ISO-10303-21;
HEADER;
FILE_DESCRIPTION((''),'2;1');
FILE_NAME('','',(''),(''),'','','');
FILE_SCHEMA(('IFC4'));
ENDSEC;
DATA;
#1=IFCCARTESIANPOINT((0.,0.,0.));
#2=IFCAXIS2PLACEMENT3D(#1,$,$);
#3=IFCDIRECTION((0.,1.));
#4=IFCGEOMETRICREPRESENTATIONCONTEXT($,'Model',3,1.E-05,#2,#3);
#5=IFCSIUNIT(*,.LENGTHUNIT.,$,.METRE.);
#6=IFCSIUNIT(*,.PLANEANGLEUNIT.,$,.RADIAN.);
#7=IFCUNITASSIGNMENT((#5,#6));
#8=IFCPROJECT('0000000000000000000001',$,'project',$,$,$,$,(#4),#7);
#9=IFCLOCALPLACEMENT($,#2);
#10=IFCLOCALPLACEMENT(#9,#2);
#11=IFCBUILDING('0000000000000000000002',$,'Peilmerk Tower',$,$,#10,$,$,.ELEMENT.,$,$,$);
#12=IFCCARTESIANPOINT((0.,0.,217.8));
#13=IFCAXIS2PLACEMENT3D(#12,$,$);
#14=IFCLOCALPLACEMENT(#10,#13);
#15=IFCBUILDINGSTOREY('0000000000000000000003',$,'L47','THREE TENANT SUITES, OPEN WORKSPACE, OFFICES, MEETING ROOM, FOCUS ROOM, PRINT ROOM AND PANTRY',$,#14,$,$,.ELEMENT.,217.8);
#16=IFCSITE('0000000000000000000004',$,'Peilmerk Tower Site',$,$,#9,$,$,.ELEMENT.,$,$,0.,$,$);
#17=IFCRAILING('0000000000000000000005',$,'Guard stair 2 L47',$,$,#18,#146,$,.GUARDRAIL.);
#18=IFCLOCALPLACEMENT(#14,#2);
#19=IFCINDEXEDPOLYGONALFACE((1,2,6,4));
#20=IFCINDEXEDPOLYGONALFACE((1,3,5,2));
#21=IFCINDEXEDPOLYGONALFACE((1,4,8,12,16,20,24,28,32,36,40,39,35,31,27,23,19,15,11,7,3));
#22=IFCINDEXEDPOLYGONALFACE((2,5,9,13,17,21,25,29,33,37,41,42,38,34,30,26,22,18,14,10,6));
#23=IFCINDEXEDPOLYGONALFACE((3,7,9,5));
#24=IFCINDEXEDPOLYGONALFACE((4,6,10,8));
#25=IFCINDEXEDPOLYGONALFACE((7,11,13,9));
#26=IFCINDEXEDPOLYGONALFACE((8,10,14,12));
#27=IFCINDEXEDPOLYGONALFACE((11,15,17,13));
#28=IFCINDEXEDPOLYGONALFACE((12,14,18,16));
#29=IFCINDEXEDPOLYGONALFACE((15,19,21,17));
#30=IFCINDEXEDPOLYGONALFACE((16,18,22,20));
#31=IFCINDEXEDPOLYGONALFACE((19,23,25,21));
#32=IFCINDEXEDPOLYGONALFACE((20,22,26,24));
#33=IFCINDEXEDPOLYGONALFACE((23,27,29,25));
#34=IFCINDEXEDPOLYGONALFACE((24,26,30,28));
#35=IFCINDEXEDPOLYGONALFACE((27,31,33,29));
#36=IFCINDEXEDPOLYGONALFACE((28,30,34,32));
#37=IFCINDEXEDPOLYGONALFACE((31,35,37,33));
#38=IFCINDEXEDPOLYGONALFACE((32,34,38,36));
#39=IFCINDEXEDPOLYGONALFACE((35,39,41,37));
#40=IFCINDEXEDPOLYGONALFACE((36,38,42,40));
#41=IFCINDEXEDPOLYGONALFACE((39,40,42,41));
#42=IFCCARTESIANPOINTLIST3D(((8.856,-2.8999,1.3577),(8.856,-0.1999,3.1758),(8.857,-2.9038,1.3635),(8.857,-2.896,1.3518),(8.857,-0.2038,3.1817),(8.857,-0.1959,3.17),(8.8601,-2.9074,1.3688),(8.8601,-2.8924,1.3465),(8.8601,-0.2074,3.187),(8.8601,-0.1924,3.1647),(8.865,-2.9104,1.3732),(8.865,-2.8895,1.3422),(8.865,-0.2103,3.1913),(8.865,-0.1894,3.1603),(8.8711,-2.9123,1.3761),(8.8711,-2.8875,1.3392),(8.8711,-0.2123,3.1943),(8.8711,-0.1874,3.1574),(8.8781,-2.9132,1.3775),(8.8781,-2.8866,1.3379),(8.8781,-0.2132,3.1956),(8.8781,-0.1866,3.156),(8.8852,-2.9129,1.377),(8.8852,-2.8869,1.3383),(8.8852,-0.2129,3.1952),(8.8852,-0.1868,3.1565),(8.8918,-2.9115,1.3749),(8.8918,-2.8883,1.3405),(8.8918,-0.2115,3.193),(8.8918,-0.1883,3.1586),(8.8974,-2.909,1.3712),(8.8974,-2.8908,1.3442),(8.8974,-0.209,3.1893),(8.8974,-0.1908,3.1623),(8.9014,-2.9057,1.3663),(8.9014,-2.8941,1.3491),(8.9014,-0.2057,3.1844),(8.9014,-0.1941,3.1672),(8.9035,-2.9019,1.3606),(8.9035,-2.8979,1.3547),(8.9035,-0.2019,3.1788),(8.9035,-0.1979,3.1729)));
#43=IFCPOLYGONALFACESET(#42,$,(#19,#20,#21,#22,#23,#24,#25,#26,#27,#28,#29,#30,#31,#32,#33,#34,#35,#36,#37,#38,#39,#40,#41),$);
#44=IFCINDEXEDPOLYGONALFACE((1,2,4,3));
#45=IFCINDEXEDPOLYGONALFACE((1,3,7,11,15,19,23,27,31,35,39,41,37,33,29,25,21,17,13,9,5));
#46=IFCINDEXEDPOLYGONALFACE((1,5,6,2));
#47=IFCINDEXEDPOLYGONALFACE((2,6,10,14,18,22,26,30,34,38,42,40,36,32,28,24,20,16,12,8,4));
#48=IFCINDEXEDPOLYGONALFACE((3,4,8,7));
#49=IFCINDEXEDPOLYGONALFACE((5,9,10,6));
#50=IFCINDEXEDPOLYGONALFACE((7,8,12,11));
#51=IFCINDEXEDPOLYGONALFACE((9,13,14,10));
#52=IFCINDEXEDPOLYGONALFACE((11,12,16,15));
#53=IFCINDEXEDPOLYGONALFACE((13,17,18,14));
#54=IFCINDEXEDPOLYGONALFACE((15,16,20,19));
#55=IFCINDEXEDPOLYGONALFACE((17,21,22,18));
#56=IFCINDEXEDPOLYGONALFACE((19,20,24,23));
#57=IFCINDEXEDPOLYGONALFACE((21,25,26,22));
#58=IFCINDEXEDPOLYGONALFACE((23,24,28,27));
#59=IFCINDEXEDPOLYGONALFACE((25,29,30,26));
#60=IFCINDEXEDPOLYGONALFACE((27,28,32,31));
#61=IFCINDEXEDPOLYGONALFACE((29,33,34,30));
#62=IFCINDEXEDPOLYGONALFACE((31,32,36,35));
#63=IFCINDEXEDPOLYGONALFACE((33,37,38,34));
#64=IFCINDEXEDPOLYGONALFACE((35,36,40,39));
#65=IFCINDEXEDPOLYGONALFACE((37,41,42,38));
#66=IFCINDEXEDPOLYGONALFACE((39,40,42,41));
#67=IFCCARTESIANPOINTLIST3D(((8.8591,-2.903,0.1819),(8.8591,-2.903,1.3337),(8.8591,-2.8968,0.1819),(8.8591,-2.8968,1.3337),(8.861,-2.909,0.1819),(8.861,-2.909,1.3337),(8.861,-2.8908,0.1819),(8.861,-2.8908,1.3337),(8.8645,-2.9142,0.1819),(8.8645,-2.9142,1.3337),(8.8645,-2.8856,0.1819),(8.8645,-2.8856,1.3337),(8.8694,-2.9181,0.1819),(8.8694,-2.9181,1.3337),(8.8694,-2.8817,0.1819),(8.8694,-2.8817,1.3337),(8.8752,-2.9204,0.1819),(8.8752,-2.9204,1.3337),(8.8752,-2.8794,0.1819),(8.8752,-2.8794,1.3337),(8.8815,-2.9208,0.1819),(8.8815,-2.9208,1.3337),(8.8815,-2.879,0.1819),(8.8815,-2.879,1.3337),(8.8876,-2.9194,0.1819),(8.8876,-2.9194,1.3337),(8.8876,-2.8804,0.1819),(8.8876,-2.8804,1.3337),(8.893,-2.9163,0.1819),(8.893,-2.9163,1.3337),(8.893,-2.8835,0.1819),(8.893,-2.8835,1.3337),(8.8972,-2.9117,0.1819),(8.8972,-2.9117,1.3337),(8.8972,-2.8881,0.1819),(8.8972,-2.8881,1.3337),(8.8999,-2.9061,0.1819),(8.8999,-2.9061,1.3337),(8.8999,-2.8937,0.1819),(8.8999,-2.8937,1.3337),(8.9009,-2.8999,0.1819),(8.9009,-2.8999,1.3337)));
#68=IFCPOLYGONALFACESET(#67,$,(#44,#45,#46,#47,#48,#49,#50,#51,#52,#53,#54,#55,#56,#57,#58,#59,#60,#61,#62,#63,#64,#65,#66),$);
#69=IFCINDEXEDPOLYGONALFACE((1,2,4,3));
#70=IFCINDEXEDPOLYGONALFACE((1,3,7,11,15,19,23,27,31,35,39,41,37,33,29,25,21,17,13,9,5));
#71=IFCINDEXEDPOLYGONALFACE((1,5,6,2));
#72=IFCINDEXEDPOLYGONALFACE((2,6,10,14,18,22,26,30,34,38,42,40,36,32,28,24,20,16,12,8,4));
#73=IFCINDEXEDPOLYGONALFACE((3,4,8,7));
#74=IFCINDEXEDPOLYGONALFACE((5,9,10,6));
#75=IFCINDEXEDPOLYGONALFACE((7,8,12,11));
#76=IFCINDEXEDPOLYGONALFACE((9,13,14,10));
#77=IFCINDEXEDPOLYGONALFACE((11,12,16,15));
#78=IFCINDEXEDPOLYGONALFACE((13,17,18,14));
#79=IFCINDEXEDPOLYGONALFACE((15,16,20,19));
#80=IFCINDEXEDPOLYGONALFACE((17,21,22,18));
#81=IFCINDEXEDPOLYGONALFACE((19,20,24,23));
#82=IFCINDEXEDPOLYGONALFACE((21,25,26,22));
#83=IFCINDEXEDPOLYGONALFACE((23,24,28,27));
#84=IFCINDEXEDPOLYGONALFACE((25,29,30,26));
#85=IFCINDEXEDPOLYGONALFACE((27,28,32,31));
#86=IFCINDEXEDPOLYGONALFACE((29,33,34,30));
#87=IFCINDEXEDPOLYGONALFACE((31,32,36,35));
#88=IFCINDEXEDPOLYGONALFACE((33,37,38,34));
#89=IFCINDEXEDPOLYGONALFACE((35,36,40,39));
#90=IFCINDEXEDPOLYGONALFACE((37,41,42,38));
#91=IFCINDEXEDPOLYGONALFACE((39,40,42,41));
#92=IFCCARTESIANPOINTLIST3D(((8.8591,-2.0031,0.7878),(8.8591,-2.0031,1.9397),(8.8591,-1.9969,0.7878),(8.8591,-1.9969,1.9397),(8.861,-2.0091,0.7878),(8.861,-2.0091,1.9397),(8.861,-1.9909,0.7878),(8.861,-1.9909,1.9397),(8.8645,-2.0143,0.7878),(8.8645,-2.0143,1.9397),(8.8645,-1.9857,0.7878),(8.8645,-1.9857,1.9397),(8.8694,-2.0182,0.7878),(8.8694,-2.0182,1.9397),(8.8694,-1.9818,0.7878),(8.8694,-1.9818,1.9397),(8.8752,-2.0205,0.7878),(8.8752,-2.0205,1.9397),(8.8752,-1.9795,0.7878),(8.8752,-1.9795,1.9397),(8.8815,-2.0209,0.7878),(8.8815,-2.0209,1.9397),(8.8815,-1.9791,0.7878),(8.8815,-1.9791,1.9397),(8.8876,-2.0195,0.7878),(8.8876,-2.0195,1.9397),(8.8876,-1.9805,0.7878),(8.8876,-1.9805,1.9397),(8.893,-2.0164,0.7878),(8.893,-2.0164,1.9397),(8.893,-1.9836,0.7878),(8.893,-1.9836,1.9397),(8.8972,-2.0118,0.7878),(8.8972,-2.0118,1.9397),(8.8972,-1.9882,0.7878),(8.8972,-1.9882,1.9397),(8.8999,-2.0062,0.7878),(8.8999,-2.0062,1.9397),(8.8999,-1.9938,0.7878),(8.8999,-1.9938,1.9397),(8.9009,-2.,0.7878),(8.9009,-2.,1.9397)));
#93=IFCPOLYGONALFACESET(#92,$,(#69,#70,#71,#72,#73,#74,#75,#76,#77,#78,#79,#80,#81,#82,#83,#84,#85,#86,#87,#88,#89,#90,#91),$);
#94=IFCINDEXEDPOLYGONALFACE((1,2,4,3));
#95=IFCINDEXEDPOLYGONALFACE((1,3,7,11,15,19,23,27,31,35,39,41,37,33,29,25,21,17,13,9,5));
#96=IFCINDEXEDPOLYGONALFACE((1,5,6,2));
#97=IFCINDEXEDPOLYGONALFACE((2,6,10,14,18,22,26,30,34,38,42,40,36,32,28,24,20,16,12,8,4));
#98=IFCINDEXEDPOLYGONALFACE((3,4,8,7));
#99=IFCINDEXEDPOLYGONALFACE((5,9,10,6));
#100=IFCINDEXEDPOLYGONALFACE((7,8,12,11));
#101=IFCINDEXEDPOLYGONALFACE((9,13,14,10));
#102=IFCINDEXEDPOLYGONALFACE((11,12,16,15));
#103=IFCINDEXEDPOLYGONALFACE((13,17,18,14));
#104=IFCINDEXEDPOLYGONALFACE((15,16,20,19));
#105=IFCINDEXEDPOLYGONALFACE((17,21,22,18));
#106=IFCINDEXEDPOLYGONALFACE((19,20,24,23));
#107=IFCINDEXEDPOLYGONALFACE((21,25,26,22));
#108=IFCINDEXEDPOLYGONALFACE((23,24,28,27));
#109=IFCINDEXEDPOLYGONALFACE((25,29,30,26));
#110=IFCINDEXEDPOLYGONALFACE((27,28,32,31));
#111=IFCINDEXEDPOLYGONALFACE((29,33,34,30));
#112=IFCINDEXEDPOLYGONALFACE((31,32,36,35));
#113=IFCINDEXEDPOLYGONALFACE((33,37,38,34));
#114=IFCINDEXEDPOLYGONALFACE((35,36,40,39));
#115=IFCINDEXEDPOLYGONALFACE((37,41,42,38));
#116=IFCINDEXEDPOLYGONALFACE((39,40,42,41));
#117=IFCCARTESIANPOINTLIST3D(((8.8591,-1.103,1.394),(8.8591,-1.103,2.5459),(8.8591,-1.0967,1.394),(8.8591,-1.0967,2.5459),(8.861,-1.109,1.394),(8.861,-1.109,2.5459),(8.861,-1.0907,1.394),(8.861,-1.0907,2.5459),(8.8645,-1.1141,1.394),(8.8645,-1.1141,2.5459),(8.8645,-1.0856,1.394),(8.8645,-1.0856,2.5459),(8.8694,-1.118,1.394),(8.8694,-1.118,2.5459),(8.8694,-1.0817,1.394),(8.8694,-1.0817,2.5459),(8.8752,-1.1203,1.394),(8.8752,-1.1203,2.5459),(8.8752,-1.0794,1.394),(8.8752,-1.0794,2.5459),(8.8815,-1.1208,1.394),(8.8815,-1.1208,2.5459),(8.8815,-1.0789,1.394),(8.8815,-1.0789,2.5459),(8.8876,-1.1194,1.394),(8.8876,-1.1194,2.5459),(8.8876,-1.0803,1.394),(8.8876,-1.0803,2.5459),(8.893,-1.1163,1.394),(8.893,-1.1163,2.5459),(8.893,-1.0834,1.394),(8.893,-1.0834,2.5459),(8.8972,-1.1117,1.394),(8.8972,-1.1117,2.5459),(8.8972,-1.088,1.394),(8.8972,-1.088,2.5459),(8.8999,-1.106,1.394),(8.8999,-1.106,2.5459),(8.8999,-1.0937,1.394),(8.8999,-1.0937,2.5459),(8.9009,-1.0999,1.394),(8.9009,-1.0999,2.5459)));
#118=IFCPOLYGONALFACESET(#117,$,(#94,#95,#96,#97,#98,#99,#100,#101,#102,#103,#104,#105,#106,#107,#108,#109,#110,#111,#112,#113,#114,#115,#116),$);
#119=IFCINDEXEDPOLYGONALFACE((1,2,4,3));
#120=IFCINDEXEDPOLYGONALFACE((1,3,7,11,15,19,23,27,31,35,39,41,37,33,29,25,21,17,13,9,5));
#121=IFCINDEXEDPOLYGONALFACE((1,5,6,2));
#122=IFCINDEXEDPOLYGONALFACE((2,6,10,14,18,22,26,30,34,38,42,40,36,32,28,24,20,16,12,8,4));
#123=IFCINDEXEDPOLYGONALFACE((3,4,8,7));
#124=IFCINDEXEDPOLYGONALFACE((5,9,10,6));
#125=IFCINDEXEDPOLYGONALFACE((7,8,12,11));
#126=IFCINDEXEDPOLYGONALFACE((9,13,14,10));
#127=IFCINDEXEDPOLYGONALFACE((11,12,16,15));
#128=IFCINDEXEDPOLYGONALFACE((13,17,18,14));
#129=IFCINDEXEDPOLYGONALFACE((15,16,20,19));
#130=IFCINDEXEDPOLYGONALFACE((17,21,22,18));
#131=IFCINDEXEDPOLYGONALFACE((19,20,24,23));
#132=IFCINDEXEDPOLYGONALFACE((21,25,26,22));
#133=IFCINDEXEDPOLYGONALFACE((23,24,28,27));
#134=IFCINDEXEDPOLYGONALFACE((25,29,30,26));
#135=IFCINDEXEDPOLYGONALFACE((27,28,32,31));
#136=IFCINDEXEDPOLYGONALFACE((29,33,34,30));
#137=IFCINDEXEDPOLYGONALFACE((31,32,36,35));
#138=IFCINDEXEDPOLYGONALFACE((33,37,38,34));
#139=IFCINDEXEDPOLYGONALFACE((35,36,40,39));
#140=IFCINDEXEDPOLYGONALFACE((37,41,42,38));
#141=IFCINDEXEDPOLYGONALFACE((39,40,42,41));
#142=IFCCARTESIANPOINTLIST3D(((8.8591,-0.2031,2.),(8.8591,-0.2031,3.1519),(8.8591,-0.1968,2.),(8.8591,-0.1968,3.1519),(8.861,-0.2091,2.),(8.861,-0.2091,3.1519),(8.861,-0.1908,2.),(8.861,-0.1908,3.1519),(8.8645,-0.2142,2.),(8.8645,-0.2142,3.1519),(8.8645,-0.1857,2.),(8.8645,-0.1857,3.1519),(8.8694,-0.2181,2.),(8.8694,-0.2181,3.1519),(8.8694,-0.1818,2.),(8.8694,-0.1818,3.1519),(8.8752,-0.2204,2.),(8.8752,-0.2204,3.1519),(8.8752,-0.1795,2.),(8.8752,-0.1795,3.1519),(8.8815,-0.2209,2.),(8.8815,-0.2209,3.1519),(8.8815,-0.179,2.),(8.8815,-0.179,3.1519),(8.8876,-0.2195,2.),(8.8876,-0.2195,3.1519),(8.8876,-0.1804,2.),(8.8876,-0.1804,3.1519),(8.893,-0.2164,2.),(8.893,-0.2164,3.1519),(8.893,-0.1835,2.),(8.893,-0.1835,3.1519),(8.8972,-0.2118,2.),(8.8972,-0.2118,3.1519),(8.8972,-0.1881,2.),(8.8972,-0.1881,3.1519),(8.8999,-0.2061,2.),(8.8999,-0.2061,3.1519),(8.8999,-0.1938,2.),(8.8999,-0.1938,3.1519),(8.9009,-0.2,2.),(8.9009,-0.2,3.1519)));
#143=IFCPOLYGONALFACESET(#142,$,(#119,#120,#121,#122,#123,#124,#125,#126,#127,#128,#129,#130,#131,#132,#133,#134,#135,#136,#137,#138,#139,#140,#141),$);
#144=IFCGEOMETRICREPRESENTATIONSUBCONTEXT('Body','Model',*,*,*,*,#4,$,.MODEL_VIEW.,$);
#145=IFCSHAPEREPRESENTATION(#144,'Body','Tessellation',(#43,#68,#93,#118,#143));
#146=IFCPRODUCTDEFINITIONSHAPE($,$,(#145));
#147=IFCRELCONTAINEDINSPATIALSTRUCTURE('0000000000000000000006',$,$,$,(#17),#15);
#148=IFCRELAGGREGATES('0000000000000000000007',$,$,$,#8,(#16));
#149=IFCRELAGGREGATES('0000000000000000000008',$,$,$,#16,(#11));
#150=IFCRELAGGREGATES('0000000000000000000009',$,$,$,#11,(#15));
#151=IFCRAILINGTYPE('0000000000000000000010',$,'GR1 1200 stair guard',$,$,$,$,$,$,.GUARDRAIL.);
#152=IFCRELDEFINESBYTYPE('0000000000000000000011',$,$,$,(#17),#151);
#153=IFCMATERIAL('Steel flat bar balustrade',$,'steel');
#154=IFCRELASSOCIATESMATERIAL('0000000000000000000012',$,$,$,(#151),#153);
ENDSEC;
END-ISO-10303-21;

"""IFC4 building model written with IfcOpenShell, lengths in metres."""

from ifc_helpers import new_model, si_unit, direction, frame, origin, origin_2d, place, context, subcontext, project, spatial, circle, extrude, material, type_object, element, save


model = new_model("IFC4")

# Units and contexts
model_context = context("Model", 3, precision=1e-05, world=origin(), true_north=direction((0.0, 1.0)))
body_context = subcontext(model_context, "Body", "Model", "MODEL_VIEW")
ifc_project = project(units=[si_unit("LENGTHUNIT", "METRE"), si_unit("PLANEANGLEUNIT", "RADIAN")], contexts=[model_context])

# Site, building, storey
site_placement = place(None, origin())
site = spatial("IfcSite", under=ifc_project, at=site_placement, Name="Peilmerk Tower Site", CompositionType="ELEMENT", RefElevation=0.0)
building_placement = place(site_placement, origin())
building = spatial("IfcBuilding", under=site, at=building_placement, Name="Peilmerk Tower", CompositionType="ELEMENT")
storey_placement = place(building_placement, frame((0.0, 0.0, 217.8)))
storey = spatial("IfcBuildingStorey", under=building, at=storey_placement, Name="L47", Description="THREE TENANT SUITES, OPEN WORKSPACE, OFFICES, MEETING ROOM, FOCUS ROOM, PRINT ROOM AND PANTRY", CompositionType="ELEMENT", Elevation=217.8)

# Railing
ifc_material_1 = material(Name="Steel flat bar balustrade", Category="steel")
railing_type_1 = type_object("IfcRailingType", Name="GR1 1200 stair guard", PredefinedType="GUARDRAIL", material=ifc_material_1)
railing_1_placement = place(storey_placement, frame((8.8799, -2.8999, 0.1819)))
element("IfcRailing", 1, at=railing_1_placement, inside=storey, type_object=railing_type_1, Name="Guard stair 2 L47", PredefinedType="GUARDRAIL", context=body_context, shape_type="SweptSolid", body=[
    extrude(circle(Radius=0.0239, at=origin_2d()), frame((0.0, 0.0, 1.1758), z_axis=(0.0, 0.829468, 0.558554), x_axis=(-1.0, 0.0, 0.0)), (0.0, 0.0, 1.0), 3.2551),
    extrude(circle(Radius=0.021, at=origin_2d()), origin(), (0.0, 0.0, 1.0), 1.1519),
    extrude(circle(Radius=0.021, at=origin_2d()), frame((0.0, 0.8999, 0.606)), (0.0, 0.0, 1.0), 1.1519),
    extrude(circle(Radius=0.021, at=origin_2d()), frame((0.0, 1.8, 1.2122)), (0.0, 0.0, 1.0), 1.1519),
    extrude(circle(Radius=0.021, at=origin_2d()), frame((0.0, 2.7, 1.8181)), (0.0, 0.0, 1.0), 1.1519),
])

save(model, "model.ifc")
